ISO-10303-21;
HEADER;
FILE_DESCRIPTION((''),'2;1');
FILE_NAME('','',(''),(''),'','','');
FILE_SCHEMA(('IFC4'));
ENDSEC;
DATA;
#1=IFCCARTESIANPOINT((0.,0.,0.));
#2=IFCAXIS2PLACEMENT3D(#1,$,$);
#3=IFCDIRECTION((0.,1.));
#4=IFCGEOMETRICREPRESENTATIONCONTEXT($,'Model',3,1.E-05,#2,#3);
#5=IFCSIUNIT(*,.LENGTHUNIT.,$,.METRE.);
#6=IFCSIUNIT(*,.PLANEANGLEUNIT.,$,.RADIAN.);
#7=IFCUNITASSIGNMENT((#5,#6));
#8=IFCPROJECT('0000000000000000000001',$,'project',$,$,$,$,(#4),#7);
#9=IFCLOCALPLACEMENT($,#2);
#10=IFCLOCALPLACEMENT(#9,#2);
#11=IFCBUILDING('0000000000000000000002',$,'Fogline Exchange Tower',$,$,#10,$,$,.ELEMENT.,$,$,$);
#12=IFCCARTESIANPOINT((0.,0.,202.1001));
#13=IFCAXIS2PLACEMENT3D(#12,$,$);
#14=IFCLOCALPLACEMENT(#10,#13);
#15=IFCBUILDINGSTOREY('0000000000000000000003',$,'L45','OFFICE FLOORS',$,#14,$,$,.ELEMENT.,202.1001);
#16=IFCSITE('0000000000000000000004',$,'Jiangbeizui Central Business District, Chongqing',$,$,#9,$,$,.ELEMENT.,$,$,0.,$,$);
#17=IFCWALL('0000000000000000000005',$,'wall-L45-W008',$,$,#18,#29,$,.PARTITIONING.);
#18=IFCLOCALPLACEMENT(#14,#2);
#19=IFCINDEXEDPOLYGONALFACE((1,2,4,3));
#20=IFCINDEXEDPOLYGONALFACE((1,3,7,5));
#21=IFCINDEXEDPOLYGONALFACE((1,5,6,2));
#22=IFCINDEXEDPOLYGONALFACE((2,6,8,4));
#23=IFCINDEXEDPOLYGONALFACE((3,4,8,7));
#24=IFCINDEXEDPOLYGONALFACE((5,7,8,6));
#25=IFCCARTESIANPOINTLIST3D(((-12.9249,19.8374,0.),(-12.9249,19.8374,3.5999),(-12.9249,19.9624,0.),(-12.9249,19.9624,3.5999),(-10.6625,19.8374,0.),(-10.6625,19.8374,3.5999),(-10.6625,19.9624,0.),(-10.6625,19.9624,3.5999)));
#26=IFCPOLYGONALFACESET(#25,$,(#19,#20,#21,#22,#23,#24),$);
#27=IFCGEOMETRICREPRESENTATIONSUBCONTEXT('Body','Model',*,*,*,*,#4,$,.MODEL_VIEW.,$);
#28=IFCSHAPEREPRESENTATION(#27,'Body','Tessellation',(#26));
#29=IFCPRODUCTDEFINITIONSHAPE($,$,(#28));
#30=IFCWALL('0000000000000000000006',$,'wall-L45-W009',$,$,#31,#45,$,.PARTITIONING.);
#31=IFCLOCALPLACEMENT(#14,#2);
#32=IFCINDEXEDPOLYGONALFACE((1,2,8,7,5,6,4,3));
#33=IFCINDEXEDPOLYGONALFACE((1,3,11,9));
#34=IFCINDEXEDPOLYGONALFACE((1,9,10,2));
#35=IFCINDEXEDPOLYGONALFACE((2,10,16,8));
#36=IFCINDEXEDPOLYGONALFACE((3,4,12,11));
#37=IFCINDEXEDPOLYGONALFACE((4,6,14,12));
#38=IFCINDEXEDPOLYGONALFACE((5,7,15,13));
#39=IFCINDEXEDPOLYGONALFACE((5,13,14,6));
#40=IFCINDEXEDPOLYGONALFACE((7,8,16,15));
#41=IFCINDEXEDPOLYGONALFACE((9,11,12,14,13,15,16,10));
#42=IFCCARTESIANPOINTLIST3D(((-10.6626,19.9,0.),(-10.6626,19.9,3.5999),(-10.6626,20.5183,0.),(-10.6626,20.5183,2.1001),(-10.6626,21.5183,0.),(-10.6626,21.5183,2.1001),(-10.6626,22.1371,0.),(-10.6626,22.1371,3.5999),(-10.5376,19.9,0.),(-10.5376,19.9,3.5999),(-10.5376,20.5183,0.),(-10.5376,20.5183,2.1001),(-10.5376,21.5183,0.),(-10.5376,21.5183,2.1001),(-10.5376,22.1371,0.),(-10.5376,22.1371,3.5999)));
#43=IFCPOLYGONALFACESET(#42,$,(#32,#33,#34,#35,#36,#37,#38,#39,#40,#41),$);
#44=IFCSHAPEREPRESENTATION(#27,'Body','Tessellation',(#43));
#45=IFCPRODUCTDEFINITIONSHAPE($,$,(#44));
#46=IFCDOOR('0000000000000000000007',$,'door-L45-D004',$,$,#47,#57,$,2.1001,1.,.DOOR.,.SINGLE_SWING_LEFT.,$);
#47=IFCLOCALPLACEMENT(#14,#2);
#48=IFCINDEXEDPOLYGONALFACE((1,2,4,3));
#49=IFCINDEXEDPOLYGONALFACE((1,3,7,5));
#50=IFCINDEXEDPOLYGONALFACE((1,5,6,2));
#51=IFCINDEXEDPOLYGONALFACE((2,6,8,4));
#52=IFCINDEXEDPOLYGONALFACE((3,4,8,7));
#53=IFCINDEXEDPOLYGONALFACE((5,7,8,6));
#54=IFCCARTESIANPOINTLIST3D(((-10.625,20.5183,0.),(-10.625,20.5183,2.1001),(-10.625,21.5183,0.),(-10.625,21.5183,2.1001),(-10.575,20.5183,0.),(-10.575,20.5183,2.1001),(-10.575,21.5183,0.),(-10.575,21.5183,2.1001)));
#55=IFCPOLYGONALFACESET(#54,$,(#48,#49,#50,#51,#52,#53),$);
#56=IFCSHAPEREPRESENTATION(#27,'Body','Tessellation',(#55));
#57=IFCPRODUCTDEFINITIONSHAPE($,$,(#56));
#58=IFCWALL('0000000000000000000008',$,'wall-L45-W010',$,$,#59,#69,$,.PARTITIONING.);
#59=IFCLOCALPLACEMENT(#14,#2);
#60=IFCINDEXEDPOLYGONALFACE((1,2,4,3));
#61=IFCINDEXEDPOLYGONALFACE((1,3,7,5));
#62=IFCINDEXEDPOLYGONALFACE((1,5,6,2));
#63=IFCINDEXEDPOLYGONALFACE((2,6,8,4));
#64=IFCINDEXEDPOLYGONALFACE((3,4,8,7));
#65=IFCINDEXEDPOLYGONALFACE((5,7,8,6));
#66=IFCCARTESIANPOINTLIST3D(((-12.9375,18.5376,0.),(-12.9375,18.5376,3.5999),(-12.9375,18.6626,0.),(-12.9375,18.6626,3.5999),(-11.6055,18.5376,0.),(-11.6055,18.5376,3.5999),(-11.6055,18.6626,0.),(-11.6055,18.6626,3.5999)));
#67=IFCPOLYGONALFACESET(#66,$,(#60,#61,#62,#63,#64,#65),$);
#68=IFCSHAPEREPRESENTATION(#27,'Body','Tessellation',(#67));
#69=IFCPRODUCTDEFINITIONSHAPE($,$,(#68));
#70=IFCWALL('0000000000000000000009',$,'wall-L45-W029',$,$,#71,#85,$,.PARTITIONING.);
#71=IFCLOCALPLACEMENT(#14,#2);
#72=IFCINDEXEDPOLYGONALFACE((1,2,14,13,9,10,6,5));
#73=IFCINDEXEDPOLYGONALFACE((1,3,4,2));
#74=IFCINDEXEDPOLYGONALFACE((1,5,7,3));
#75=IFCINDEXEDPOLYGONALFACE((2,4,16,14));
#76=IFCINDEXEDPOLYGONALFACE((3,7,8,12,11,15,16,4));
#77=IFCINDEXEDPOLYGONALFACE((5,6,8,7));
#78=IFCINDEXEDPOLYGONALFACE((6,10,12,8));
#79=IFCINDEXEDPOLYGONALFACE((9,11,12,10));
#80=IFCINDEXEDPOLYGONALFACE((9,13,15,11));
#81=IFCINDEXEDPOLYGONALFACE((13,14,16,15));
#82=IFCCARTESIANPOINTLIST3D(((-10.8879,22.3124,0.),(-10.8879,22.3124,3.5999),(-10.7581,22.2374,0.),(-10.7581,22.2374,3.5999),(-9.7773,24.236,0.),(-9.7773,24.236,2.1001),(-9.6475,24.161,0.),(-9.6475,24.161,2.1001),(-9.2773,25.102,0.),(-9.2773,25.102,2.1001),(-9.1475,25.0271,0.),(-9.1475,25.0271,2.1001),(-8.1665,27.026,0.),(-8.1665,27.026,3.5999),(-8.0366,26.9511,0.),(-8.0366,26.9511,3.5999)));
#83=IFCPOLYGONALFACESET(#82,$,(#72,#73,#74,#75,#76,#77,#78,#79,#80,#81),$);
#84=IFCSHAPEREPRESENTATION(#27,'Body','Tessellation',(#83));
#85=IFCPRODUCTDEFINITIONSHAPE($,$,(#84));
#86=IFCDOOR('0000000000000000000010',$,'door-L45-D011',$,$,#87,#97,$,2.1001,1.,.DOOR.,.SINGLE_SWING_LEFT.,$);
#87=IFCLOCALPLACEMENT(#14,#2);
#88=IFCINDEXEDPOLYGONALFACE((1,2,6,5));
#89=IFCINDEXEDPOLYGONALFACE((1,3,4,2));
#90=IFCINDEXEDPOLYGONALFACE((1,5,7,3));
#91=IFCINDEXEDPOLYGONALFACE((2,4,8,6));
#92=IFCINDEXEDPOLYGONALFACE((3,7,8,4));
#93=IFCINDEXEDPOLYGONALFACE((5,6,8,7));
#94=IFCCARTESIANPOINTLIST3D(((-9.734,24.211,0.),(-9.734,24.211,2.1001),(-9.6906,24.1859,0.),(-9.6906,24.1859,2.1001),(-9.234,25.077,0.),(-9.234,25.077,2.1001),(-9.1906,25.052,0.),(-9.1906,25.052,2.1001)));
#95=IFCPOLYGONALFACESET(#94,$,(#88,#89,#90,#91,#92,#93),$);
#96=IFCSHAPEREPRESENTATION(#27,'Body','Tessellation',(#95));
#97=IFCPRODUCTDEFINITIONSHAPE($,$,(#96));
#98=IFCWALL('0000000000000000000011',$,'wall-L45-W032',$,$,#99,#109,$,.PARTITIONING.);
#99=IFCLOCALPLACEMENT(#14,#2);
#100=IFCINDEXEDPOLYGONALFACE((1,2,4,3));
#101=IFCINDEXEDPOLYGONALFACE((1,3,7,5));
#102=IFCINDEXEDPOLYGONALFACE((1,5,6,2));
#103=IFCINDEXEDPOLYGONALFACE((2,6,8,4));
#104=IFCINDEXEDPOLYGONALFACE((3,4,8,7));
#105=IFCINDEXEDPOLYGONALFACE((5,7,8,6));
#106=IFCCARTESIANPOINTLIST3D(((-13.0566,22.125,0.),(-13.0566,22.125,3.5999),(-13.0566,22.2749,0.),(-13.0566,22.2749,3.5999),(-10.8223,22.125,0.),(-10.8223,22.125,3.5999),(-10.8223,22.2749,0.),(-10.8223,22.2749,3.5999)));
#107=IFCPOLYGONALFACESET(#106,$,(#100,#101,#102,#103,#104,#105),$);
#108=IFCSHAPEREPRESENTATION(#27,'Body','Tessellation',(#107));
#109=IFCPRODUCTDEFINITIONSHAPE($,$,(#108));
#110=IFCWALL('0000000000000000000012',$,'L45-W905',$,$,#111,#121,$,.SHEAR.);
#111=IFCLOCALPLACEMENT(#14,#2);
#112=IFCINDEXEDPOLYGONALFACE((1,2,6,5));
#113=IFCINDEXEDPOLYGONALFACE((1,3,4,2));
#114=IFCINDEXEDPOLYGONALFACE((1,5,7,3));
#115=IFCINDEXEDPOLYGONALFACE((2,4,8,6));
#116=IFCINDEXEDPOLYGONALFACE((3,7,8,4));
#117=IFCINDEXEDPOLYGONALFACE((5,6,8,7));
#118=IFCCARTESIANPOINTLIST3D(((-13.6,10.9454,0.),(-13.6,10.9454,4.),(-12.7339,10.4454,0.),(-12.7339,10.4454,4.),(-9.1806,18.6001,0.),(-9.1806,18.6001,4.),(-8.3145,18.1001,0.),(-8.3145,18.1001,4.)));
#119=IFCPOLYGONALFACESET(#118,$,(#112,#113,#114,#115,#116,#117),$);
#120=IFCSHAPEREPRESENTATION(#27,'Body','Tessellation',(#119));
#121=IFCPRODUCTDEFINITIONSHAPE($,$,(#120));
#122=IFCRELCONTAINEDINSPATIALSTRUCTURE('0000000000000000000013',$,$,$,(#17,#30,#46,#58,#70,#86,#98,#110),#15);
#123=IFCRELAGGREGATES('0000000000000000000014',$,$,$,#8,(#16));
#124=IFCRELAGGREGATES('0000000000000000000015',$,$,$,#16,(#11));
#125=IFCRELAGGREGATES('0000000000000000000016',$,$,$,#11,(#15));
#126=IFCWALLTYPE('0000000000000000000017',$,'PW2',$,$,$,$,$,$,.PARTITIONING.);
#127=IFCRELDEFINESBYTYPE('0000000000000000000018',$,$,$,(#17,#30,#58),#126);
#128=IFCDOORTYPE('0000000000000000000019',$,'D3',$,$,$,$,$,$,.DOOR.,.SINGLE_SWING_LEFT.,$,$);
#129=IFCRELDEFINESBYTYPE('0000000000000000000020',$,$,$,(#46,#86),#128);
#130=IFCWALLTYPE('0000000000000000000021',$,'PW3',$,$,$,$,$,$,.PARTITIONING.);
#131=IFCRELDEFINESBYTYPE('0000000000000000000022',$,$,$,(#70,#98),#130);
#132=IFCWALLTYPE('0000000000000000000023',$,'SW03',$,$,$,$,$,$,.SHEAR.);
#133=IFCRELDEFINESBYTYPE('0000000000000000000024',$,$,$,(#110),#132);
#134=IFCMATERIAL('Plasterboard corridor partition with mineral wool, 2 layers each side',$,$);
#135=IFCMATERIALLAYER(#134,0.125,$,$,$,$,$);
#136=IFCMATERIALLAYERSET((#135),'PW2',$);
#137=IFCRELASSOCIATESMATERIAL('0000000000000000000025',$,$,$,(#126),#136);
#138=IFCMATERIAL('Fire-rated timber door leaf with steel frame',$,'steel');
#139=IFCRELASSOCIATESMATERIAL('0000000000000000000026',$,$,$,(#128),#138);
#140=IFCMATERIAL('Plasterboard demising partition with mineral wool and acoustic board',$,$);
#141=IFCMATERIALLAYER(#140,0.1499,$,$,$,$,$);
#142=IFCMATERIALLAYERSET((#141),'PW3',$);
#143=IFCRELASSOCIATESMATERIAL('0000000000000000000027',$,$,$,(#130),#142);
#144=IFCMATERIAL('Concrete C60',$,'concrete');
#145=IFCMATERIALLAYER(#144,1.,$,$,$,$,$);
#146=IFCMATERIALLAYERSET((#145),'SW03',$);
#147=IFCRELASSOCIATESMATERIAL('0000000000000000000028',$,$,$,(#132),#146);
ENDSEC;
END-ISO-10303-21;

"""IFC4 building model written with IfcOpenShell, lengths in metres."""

from ifc_helpers import new_model, si_unit, direction, frame, frame_2d, origin, place, context, subcontext, project, spatial, rectangle, extrude, material, layer, layer_set, type_object, element, fill, save


model = new_model("IFC4")

# Units and contexts
model_context = context("Model", 3, precision=1e-05, world=origin(), true_north=direction((0.0, 1.0)))
body_context = subcontext(model_context, "Body", "Model", "MODEL_VIEW")
ifc_project = project(units=[si_unit("LENGTHUNIT", "METRE"), si_unit("PLANEANGLEUNIT", "RADIAN")], contexts=[model_context])

# Site, building, storey
site_placement = place(None, origin())
site = spatial("IfcSite", under=ifc_project, at=site_placement, Name="Jiangbeizui Central Business District, Chongqing", CompositionType="ELEMENT", RefElevation=0.0)
building_placement = place(site_placement, origin())
building = spatial("IfcBuilding", under=site, at=building_placement, Name="Fogline Exchange Tower", CompositionType="ELEMENT")
storey_placement = place(building_placement, frame((0.0, 0.0, 202.1001)))
storey = spatial("IfcBuildingStorey", under=building, at=storey_placement, Name="L45", Description="OFFICE FLOORS", CompositionType="ELEMENT", Elevation=202.1001)

# Shared definitions
ifc_material_1 = material(Name="Plasterboard corridor partition with mineral wool, 2 layers each side")
ifc_layer_1 = layer(ifc_material_1, 0.125)
ifc_layer_set_1 = layer_set([ifc_layer_1], Name="PW2")
wall_type_1 = type_object("IfcWallType", Name="PW2", PredefinedType="PARTITIONING", material=ifc_layer_set_1)

# Wall
wall_1_placement = place(storey_placement, frame((-12.925, 19.8999, 0.0), z_axis=(0.0, 0.0, 1.0), x_axis=(1.0, 0.0, 0.0)))
element("IfcWall", 1, at=wall_1_placement, inside=storey, type_object=wall_type_1, Name="wall-L45-W008", PredefinedType="PARTITIONING", context=body_context, shape_type="SweptSolid", body=[
    extrude(rectangle(XDim=2.2625, YDim=0.125, at=frame_2d((1.1313, 0.0))), origin(), (0.0, 0.0, 1.0), 3.5999),
])

# Wall, opening, door
wall_2_placement = place(storey_placement, frame((-10.6001, 19.8999, 0.0), z_axis=(0.0, 0.0, 1.0), x_axis=(0.0, 1.0, 0.0)))
wall_2 = element("IfcWall", 2, at=wall_2_placement, inside=storey, type_object=wall_type_1, Name="wall-L45-W009", PredefinedType="PARTITIONING", context=body_context, shape_type="SweptSolid", body=[
    extrude(rectangle(XDim=2.2371, YDim=0.125, at=frame_2d((1.1187, 0.0))), origin(), (0.0, 0.0, 1.0), 3.5999),
])
opening_1_placement = place(wall_2_placement, frame((0.6184, 0.0, 0.0)))
opening_1 = element("IfcOpeningElement", 3, at=opening_1_placement, cuts=wall_2, PredefinedType="OPENING", context=body_context, shape_type="SweptSolid", body=[
    extrude(rectangle(XDim=1.0, YDim=2.1001, at=frame_2d((0.5, 1.05))), frame((0.0, 0.0725, 0.0), z_axis=(0.0, -1.0, 0.0), x_axis=(1.0, 0.0, 0.0)), (0.0, 0.0, 1.0), 0.145),
])
ifc_material_2 = material(Name="Fire-rated timber door leaf with steel frame", Category="steel")
door_type_1 = type_object("IfcDoorType", Name="D3", OperationType="SINGLE_SWING_LEFT", PredefinedType="DOOR", material=ifc_material_2)
door_1_placement = place(opening_1_placement, origin())
door_1 = element("IfcDoor", 4, at=door_1_placement, inside=storey, type_object=door_type_1, Name="door-L45-D004", OperationType="SINGLE_SWING_LEFT", OverallHeight=2.1001, OverallWidth=1.0, PredefinedType="DOOR", context=body_context, shape_type="SweptSolid", body=[
    extrude(rectangle(XDim=1.0, YDim=2.1001, at=frame_2d((0.5, 1.05))), frame((0.0, 0.0249, 0.0), z_axis=(0.0, -1.0, 0.0), x_axis=(1.0, 0.0, 0.0)), (0.0, 0.0, 1.0), 0.05),
])
fill(opening_1, door_1)

# Wall
wall_3_placement = place(storey_placement, frame((-11.6055, 18.6001, 0.0), z_axis=(0.0, 0.0, 1.0), x_axis=(-1.0, 0.0, 0.0)))
element("IfcWall", 5, at=wall_3_placement, inside=storey, type_object=wall_type_1, Name="wall-L45-W010", PredefinedType="PARTITIONING", context=body_context, shape_type="SweptSolid", body=[
    extrude(rectangle(XDim=1.332, YDim=0.125, at=frame_2d((0.666, 0.0))), origin(), (0.0, 0.0, 1.0), 3.5999),
])

# Wall, opening, door
ifc_material_3 = material(Name="Plasterboard demising partition with mineral wool and acoustic board")
ifc_layer_2 = layer(ifc_material_3, 0.1499)
ifc_layer_set_2 = layer_set([ifc_layer_2], Name="PW3")
wall_type_2 = type_object("IfcWallType", Name="PW3", PredefinedType="PARTITIONING", material=ifc_layer_set_2)
wall_4_placement = place(storey_placement, frame((-10.823, 22.2749, 0.0), z_axis=(0.0, 0.0, 1.0), x_axis=(0.500003, 0.866023, 0.0)))
wall_4 = element("IfcWall", 6, at=wall_4_placement, inside=storey, type_object=wall_type_2, Name="wall-L45-W029", PredefinedType="PARTITIONING", context=body_context, shape_type="SweptSolid", body=[
    extrude(rectangle(XDim=5.4429, YDim=0.1499, at=frame_2d((2.7214, 0.0))), origin(), (0.0, 0.0, 1.0), 3.5999),
])
opening_2_placement = place(wall_4_placement, frame((2.2212, 0.0, 0.0)))
opening_2 = element("IfcOpeningElement", 7, at=opening_2_placement, cuts=wall_4, PredefinedType="OPENING", context=body_context, shape_type="SweptSolid", body=[
    extrude(rectangle(XDim=1.0, YDim=2.1001, at=frame_2d((0.5, 1.05))), frame((0.0, 0.085, 0.0), z_axis=(0.0, -1.0, 0.0), x_axis=(1.0, 0.0, 0.0)), (0.0, 0.0, 1.0), 0.1699),
])
door_2_placement = place(opening_2_placement, origin())
door_2 = element("IfcDoor", 8, at=door_2_placement, inside=storey, type_object=door_type_1, Name="door-L45-D011", OperationType="SINGLE_SWING_LEFT", OverallHeight=2.1001, OverallWidth=1.0, PredefinedType="DOOR", context=body_context, shape_type="SweptSolid", body=[
    extrude(rectangle(XDim=1.0, YDim=2.1001, at=frame_2d((0.5, 1.05))), frame((0.0, 0.0249, 0.0), z_axis=(0.0, -1.0, 0.0), x_axis=(1.0, 0.0, 0.0)), (0.0, 0.0, 1.0), 0.05),
])
fill(opening_2, door_2)

# Walls
wall_5_placement = place(storey_placement, frame((-10.8223, 22.2, 0.0), z_axis=(0.0, 0.0, 1.0), x_axis=(-1.0, 0.0, 0.0)))
element("IfcWall", 9, at=wall_5_placement, inside=storey, type_object=wall_type_2, Name="wall-L45-W032", PredefinedType="PARTITIONING", context=body_context, shape_type="SweptSolid", body=[
    extrude(rectangle(XDim=2.2344, YDim=0.1499, at=frame_2d((1.1172, 0.0))), origin(), (0.0, 0.0, 1.0), 3.5999),
])
ifc_material_4 = material(Name="Concrete C60", Category="concrete")
ifc_layer_3 = layer(ifc_material_4, 1.0)
ifc_layer_set_3 = layer_set([ifc_layer_3], Name="SW03")
wall_type_3 = type_object("IfcWallType", Name="SW03", PredefinedType="SHEAR", material=ifc_layer_set_3)
wall_6_placement = place(storey_placement, frame((-8.7476, 18.3501, 0.0), z_axis=(0.0, 0.0, 1.0), x_axis=(-0.499995, -0.866028, 0.0)))
element("IfcWall", 10, at=wall_6_placement, inside=storey, type_object=wall_type_3, Name="L45-W905", PredefinedType="SHEAR", context=body_context, shape_type="SweptSolid", body=[
    extrude(rectangle(XDim=8.8389, YDim=1.0, at=frame_2d((4.4194, 0.0))), origin(), (0.0, 0.0, 1.0), 4.0),
])

save(model, "model.ifc")
